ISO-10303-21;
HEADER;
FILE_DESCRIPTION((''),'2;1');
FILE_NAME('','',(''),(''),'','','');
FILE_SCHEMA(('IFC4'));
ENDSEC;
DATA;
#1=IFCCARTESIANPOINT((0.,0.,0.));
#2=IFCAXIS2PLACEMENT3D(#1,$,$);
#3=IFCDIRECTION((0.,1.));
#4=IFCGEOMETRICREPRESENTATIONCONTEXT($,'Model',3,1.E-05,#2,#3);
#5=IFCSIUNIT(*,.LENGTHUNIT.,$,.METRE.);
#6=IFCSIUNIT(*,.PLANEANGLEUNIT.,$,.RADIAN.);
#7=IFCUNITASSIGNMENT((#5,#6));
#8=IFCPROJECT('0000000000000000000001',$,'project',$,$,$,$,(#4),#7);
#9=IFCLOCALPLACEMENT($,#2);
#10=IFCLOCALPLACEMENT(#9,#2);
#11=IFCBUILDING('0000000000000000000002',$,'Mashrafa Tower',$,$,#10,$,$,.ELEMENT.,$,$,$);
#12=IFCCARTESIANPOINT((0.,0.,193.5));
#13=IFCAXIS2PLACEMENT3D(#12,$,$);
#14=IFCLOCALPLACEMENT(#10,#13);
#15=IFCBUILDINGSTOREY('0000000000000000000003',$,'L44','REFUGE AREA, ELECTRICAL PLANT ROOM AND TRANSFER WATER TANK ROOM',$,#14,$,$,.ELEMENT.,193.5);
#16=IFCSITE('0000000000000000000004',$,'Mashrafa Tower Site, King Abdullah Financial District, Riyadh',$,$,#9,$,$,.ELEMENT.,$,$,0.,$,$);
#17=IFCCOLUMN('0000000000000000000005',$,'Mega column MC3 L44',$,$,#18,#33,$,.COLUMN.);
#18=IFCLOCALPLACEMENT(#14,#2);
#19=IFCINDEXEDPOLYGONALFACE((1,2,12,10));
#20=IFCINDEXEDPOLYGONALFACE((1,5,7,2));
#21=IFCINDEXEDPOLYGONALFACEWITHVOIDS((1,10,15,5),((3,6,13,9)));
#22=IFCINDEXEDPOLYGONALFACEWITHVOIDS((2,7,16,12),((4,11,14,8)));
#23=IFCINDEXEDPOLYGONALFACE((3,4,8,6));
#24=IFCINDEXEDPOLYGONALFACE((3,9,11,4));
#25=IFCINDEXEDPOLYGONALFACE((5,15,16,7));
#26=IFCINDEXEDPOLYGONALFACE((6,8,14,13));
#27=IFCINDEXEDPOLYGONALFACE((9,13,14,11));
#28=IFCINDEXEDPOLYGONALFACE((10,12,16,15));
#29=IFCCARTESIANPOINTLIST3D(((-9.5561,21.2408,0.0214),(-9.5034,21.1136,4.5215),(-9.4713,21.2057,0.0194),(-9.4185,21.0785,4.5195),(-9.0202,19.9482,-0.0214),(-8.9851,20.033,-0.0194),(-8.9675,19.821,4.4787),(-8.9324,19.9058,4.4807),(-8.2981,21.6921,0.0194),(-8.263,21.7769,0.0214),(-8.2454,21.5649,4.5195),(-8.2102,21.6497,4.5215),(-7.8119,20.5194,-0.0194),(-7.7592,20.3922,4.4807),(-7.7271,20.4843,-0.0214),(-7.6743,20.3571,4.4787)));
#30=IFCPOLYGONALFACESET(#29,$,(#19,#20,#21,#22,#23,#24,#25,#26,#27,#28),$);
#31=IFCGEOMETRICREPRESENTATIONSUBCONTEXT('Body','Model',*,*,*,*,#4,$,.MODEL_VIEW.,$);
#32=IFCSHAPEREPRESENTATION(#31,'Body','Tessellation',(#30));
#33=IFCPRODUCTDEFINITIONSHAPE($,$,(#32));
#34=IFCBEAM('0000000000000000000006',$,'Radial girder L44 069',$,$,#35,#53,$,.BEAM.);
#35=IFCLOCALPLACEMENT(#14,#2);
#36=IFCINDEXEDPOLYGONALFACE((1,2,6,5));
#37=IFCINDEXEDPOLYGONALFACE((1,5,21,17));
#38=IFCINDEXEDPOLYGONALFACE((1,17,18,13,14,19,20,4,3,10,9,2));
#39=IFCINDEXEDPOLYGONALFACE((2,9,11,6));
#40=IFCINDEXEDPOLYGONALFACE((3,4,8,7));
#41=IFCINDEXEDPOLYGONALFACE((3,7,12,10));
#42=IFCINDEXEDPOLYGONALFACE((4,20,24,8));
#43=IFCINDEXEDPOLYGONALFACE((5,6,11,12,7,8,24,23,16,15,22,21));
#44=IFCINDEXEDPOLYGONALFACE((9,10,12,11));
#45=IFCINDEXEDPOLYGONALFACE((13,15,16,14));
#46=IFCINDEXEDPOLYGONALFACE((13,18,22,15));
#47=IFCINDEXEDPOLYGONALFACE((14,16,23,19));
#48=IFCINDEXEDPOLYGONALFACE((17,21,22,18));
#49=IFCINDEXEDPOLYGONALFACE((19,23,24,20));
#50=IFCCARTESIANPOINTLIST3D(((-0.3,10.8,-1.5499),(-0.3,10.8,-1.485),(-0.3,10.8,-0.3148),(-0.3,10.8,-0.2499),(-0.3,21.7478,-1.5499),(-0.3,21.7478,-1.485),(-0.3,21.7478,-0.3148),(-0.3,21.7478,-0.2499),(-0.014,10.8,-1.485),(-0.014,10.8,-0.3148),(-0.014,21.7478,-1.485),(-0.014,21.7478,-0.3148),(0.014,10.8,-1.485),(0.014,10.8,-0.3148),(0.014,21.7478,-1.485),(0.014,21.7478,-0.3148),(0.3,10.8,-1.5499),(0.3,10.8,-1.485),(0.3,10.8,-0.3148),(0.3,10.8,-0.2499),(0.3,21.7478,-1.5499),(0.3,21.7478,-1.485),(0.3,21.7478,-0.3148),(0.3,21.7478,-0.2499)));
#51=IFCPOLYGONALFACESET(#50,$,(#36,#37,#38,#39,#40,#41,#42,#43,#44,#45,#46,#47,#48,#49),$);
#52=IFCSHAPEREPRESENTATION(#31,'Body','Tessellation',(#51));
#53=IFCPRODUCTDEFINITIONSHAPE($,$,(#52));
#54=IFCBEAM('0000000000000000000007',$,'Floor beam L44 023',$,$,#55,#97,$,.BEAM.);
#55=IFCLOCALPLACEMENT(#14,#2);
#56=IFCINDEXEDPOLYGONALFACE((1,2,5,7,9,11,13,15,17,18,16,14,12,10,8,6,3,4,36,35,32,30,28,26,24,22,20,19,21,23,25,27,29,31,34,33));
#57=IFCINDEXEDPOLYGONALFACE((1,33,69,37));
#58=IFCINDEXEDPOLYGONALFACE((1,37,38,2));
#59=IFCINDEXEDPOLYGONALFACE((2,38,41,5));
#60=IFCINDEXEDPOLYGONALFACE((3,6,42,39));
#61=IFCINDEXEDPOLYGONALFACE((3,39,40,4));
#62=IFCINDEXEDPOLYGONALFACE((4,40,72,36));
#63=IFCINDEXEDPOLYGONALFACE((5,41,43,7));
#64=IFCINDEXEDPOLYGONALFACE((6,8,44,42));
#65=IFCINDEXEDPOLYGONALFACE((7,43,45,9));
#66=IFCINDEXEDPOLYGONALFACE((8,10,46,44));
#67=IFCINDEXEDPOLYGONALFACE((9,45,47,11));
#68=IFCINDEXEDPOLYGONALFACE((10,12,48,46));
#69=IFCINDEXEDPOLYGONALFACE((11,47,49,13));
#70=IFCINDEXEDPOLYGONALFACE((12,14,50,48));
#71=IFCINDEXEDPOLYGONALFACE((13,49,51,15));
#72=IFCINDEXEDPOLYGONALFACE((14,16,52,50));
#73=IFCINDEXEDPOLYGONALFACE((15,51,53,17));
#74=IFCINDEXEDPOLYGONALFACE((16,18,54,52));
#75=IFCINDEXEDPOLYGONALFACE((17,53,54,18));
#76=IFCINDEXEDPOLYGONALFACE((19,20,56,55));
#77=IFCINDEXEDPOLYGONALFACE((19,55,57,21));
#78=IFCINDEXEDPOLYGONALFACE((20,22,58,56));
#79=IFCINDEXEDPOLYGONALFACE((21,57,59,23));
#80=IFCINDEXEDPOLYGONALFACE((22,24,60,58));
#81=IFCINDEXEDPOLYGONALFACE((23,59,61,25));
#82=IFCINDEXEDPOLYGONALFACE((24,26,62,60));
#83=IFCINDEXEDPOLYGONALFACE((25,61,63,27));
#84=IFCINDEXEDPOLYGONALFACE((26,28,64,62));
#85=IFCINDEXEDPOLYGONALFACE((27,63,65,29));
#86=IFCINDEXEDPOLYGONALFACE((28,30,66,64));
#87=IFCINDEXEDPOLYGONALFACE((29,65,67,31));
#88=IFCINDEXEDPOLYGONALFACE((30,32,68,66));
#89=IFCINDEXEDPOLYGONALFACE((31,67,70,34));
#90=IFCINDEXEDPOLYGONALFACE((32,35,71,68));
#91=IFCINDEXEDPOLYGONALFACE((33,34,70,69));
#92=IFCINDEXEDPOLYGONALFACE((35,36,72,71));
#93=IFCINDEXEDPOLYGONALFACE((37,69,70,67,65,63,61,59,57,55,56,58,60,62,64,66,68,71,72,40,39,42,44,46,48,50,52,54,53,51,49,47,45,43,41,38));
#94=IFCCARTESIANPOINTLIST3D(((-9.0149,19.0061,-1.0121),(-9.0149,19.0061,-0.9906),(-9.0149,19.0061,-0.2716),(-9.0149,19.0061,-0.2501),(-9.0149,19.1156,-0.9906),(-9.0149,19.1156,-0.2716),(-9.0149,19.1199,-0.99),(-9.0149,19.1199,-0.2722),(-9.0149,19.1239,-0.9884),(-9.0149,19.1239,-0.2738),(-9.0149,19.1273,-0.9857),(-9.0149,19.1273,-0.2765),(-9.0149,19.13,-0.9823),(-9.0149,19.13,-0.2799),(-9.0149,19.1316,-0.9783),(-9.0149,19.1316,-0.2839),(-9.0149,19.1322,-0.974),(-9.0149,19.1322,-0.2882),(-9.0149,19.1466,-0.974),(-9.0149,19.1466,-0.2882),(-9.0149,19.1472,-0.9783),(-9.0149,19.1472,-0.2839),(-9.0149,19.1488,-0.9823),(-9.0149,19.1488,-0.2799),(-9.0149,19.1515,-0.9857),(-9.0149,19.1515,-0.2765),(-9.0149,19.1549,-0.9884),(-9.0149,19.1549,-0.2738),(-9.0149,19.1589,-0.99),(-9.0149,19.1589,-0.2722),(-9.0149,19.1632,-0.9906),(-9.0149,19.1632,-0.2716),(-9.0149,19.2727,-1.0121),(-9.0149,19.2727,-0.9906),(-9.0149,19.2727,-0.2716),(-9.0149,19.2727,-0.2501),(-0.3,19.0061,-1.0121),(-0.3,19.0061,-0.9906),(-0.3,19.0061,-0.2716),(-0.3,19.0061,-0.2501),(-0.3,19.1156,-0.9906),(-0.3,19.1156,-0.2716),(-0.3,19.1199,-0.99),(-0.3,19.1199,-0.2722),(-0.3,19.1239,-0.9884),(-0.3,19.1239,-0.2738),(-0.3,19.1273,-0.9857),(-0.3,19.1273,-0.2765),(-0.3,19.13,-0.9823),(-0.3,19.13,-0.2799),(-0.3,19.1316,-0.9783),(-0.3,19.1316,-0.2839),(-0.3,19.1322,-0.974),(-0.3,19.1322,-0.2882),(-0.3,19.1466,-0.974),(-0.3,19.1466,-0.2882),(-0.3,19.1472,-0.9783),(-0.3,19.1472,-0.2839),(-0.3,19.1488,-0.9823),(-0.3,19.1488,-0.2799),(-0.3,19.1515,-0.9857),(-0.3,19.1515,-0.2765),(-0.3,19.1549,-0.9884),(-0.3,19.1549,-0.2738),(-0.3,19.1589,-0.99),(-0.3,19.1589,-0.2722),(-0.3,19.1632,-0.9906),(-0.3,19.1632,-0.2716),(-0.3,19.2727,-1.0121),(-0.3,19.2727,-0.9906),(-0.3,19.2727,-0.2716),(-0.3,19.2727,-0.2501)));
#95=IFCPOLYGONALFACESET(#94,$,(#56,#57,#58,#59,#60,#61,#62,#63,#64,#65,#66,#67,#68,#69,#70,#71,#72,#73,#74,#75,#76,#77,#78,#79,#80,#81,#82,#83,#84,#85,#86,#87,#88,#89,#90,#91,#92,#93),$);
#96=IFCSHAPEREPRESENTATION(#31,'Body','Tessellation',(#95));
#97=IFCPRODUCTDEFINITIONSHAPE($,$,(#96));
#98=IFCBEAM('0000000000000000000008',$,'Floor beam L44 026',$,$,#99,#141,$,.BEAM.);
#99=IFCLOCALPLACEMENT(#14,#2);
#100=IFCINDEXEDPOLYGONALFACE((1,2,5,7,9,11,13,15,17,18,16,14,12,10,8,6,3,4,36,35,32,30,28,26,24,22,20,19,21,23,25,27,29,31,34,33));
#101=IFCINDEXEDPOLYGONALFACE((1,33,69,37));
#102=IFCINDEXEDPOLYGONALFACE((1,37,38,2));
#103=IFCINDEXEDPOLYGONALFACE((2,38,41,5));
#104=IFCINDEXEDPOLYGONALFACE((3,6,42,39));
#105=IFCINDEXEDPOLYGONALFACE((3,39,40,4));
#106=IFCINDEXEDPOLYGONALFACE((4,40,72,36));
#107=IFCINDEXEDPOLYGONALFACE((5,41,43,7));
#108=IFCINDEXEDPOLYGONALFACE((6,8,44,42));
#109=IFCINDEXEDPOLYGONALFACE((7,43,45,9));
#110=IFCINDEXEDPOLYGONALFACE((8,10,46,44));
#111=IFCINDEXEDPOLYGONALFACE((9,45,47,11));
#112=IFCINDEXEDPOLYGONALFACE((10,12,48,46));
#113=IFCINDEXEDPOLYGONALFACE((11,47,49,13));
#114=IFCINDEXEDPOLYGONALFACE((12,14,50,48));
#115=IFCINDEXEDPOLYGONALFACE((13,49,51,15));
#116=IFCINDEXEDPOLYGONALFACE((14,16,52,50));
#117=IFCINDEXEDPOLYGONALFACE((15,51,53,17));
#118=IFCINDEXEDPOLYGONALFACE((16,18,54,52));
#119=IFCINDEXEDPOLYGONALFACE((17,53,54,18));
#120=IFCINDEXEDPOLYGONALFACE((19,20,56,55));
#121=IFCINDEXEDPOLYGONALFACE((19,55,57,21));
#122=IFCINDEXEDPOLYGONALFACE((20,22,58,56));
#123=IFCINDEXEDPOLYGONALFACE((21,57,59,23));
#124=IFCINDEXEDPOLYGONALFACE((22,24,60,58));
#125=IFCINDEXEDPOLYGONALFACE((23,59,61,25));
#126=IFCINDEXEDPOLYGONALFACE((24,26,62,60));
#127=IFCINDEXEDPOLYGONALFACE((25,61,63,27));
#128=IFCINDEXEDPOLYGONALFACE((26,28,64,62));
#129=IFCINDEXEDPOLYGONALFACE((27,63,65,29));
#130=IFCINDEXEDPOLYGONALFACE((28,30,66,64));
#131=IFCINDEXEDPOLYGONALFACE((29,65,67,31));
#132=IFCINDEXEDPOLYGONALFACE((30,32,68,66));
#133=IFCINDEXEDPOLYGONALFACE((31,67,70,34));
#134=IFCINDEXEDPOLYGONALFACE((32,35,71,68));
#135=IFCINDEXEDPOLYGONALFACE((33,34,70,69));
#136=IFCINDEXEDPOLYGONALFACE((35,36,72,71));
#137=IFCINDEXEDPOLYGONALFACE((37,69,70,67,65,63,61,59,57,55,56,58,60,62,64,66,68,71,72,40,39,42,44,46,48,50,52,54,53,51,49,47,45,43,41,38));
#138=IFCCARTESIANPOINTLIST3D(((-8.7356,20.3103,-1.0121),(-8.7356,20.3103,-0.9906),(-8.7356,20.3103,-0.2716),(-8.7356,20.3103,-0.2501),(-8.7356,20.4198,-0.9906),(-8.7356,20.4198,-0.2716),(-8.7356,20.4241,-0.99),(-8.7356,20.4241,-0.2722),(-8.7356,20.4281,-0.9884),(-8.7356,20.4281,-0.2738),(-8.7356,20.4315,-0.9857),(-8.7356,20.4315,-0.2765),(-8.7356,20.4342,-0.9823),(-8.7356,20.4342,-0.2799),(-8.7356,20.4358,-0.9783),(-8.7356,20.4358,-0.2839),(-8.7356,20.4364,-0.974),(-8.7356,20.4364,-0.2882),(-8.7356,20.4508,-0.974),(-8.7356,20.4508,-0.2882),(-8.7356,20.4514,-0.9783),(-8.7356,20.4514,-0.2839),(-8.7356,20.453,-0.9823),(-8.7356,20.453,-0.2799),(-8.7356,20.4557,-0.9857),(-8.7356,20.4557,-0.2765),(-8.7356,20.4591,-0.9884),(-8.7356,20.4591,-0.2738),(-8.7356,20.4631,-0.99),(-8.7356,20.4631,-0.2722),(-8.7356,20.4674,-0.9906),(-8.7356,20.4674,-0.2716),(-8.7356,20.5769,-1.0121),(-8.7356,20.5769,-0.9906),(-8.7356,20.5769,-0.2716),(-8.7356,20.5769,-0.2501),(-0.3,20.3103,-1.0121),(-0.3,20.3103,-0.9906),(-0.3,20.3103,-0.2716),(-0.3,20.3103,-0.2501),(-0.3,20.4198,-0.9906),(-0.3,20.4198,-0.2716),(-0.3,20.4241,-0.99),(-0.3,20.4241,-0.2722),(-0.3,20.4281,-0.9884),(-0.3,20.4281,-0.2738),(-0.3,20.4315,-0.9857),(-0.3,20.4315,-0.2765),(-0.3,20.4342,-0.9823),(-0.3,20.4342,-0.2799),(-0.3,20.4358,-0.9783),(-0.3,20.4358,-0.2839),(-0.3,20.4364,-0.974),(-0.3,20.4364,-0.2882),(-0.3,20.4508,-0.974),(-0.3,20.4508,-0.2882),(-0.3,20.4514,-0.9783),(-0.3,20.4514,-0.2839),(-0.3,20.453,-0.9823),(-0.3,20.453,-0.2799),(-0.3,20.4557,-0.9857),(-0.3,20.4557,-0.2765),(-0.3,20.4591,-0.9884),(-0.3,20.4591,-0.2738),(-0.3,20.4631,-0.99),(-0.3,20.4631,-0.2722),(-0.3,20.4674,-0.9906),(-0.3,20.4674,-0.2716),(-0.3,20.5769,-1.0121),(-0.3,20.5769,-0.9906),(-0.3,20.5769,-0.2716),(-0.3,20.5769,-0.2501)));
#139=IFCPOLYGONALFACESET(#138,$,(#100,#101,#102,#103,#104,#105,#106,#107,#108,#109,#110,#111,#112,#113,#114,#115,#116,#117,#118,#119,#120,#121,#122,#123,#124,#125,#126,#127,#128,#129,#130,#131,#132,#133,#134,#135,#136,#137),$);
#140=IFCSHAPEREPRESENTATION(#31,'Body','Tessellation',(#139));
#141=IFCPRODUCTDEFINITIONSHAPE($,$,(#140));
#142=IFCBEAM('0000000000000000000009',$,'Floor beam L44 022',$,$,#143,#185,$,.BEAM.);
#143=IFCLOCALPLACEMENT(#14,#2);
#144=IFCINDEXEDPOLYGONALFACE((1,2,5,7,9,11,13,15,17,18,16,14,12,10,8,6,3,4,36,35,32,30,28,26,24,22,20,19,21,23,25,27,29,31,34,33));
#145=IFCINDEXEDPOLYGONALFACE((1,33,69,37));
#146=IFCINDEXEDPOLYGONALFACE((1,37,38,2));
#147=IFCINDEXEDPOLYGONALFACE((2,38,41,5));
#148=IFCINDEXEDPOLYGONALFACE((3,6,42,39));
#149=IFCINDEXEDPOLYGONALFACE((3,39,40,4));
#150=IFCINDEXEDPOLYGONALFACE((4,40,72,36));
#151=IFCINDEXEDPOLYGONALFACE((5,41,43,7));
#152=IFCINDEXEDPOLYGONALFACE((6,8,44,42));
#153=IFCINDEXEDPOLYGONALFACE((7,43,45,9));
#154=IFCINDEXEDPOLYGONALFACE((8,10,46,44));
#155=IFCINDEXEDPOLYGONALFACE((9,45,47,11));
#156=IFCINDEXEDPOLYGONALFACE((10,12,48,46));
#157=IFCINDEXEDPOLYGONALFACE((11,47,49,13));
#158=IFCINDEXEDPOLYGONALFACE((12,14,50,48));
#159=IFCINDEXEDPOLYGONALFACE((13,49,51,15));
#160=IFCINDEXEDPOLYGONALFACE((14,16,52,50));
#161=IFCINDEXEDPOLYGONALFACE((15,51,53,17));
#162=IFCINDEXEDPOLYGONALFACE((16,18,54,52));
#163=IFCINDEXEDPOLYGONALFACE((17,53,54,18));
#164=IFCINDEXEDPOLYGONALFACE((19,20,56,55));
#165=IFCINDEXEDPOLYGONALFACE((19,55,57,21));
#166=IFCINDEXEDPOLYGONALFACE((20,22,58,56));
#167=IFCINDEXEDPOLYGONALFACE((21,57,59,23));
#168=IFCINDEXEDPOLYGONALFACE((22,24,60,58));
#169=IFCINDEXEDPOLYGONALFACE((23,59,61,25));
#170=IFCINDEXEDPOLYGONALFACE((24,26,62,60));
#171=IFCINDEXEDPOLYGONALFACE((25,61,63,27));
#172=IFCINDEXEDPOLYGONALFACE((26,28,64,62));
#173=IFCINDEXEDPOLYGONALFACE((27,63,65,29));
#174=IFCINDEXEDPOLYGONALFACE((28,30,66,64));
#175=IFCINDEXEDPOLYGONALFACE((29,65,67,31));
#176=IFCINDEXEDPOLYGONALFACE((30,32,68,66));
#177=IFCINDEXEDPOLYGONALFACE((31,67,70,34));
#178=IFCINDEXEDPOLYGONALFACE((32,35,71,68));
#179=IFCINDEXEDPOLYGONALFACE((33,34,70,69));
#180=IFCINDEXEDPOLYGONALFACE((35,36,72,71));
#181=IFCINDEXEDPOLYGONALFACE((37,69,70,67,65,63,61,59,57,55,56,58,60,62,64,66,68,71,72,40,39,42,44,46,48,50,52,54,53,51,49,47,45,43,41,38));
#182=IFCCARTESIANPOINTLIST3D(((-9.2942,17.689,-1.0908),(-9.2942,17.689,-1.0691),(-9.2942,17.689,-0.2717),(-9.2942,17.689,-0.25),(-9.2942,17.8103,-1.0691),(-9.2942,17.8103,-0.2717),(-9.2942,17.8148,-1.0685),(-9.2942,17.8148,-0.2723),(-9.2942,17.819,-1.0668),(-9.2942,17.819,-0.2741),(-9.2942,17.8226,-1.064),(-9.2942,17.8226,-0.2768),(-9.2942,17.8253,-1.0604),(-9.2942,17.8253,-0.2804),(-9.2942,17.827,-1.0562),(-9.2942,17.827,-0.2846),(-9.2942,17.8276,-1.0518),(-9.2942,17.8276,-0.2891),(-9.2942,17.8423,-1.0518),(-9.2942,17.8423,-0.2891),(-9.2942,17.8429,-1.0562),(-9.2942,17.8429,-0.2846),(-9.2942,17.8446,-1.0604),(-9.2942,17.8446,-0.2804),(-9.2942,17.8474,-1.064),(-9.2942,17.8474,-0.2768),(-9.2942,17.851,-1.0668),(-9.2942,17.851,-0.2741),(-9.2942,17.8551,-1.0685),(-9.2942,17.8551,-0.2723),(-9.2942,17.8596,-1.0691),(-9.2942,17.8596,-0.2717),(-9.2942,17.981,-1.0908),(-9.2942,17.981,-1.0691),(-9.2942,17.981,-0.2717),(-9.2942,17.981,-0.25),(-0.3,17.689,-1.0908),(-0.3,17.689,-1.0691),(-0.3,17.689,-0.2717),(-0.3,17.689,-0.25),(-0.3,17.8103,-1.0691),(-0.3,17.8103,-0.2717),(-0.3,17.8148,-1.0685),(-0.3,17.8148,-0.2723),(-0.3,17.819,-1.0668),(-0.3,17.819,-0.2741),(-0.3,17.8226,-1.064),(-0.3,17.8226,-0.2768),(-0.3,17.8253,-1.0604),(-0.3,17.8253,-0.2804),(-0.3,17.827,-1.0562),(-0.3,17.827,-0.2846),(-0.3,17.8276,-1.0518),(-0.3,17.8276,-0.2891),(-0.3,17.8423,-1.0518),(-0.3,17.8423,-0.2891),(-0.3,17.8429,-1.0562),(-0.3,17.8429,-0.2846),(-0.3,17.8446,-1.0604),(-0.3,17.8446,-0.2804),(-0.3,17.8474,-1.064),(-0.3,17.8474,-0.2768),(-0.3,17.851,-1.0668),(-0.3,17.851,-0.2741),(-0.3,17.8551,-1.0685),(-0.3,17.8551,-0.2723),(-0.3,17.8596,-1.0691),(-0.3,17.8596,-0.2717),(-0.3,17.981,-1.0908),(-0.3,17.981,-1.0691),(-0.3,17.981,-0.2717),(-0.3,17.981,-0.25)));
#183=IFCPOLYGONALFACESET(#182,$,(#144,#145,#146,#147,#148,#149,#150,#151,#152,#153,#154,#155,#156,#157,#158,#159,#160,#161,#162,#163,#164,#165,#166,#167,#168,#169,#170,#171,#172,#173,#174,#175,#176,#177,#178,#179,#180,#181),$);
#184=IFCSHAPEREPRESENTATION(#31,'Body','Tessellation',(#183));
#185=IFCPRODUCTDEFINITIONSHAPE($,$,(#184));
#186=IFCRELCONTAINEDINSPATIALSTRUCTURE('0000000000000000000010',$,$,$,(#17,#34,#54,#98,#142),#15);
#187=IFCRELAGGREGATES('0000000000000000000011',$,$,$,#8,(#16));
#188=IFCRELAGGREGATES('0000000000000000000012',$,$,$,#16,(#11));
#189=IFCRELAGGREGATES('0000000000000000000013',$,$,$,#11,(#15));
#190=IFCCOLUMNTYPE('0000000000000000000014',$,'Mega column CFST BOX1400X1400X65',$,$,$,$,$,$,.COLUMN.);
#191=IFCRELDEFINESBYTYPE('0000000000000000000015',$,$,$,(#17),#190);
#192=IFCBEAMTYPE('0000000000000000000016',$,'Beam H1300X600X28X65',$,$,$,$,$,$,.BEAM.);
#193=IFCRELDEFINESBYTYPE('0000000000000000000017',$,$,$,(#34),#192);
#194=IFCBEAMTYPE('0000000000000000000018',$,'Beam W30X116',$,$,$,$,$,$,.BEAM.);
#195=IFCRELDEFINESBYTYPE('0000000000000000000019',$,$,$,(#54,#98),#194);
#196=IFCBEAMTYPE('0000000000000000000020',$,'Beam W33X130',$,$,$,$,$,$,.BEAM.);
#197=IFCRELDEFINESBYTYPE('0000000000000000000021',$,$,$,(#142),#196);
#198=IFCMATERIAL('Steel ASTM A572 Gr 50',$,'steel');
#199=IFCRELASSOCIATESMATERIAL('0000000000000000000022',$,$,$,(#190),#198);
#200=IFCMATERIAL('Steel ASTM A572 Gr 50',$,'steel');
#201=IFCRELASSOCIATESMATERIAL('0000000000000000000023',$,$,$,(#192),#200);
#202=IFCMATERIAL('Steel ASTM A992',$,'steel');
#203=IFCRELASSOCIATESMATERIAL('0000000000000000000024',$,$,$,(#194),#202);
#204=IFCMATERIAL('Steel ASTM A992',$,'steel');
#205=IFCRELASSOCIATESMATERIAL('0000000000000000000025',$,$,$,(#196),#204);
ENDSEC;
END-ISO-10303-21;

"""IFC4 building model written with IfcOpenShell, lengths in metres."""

from ifc_helpers import new_model, si_unit, direction, frame, origin, origin_2d, place, context, subcontext, project, spatial, hollow_rectangle, i_section, extrude, material, material_profile, profile_set, type_object, element, save


model = new_model("IFC4")

# Units and contexts
model_context = context("Model", 3, precision=1e-05, world=origin(), true_north=direction((0.0, 1.0)))
body_context = subcontext(model_context, "Body", "Model", "MODEL_VIEW")
ifc_project = project(units=[si_unit("LENGTHUNIT", "METRE"), si_unit("PLANEANGLEUNIT", "RADIAN")], contexts=[model_context])

# Site, building, storey
site_placement = place(None, origin())
site = spatial("IfcSite", under=ifc_project, at=site_placement, Name="Mashrafa Tower Site, King Abdullah Financial District, Riyadh", CompositionType="ELEMENT", RefElevation=0.0)
building_placement = place(site_placement, origin())
building = spatial("IfcBuilding", under=site, at=building_placement, Name="Mashrafa Tower", CompositionType="ELEMENT")
storey_placement = place(building_placement, frame((0.0, 0.0, 193.5)))
storey = spatial("IfcBuildingStorey", under=building, at=storey_placement, Name="L44", Description="REFUGE AREA, ELECTRICAL PLANT ROOM AND TRANSFER WATER TANK ROOM", CompositionType="ELEMENT", Elevation=193.5)

# Column
ifc_material_1 = material(Name="Steel ASTM A572 Gr 50", Category="steel")
ifc_material_profile_1 = material_profile(ifc_material_1, hollow_rectangle(XDim=1.3999, YDim=1.3999, WallThickness=0.0649, at=origin_2d()), Name="BOX1400X1400X65")
ifc_profile_set_1 = profile_set([ifc_material_profile_1], Name="Steel ASTM A572 Gr 50")
column_type = type_object("IfcColumnType", Name="Mega column CFST BOX1400X1400X65", PredefinedType="COLUMN", material=ifc_profile_set_1)
column_placement = place(storey_placement, frame((-8.6416, 20.8625, 0.0), z_axis=(0.011713, -0.028253, 0.999532), x_axis=(0.923757, 0.382978, 0.0)))
element("IfcColumn", 1, at=column_placement, inside=storey, type_object=column_type, Name="Mega column MC3 L44", PredefinedType="COLUMN", context=body_context, shape_type="SweptSolid", body=[
    extrude(hollow_rectangle(XDim=1.3999, YDim=1.3999, WallThickness=0.0649, at=origin_2d()), origin(), (0.0, 0.0, 1.0), 4.5022),
])

# Beams
ifc_material_2 = material(Name="Steel ASTM A572 Gr 50", Category="steel")
ifc_material_profile_2 = material_profile(ifc_material_2, i_section(OverallWidth=0.6001, OverallDepth=1.3, WebThickness=0.0281, FlangeThickness=0.0649, at=origin_2d()), Name="H1300X600X28X65")
ifc_profile_set_2 = profile_set([ifc_material_profile_2], Name="Steel ASTM A572 Gr 50")
beam_type_1 = type_object("IfcBeamType", Name="Beam H1300X600X28X65", PredefinedType="BEAM", material=ifc_profile_set_2)
beam_1_placement = place(storey_placement, frame((0.0, 10.8, -0.8999), z_axis=(0.0, 1.0, 0.0), x_axis=(-1.0, 0.0, 0.0)))
element("IfcBeam", 2, at=beam_1_placement, inside=storey, type_object=beam_type_1, Name="Radial girder L44 069", PredefinedType="BEAM", context=body_context, shape_type="SweptSolid", body=[
    extrude(i_section(OverallWidth=0.6001, OverallDepth=1.3, WebThickness=0.0281, FlangeThickness=0.0649, at=origin_2d()), origin(), (0.0, 0.0, 1.0), 10.9478),
])
ifc_material_3 = material(Name="Steel ASTM A992", Category="steel")
ifc_material_profile_3 = material_profile(ifc_material_3, i_section(OverallWidth=0.2666, OverallDepth=0.762, WebThickness=0.0144, FlangeThickness=0.0215, FilletRadius=0.0166, at=origin_2d()), Name="W30X116")
ifc_profile_set_3 = profile_set([ifc_material_profile_3], Name="Steel ASTM A992")
beam_type_2 = type_object("IfcBeamType", Name="Beam W30X116", PredefinedType="BEAM", material=ifc_profile_set_3)
beam_2_placement = place(storey_placement, frame((-9.0149, 19.1394, -0.6311), z_axis=(1.0, 0.0, 0.0), x_axis=(0.0, 1.0, 0.0)))
element("IfcBeam", 3, at=beam_2_placement, inside=storey, type_object=beam_type_2, Name="Floor beam L44 023", PredefinedType="BEAM", context=body_context, shape_type="SweptSolid", body=[
    extrude(i_section(OverallWidth=0.2666, OverallDepth=0.762, WebThickness=0.0144, FlangeThickness=0.0215, FilletRadius=0.0166, at=origin_2d()), origin(), (0.0, 0.0, 1.0), 8.7148),
])
beam_3_placement = place(storey_placement, frame((-8.7356, 20.4436, -0.6311), z_axis=(1.0, 0.0, 0.0), x_axis=(0.0, 1.0, 0.0)))
element("IfcBeam", 4, at=beam_3_placement, inside=storey, type_object=beam_type_2, Name="Floor beam L44 026", PredefinedType="BEAM", context=body_context, shape_type="SweptSolid", body=[
    extrude(i_section(OverallWidth=0.2666, OverallDepth=0.762, WebThickness=0.0144, FlangeThickness=0.0215, FilletRadius=0.0166, at=origin_2d()), origin(), (0.0, 0.0, 1.0), 8.4355),
])
ifc_material_4 = material(Name="Steel ASTM A992", Category="steel")
ifc_material_profile_4 = material_profile(ifc_material_4, i_section(OverallWidth=0.292, OverallDepth=0.8408, WebThickness=0.0146, FlangeThickness=0.0217, FilletRadius=0.0173, at=origin_2d()), Name="W33X130")
ifc_profile_set_4 = profile_set([ifc_material_profile_4], Name="Steel ASTM A992")
beam_type_3 = type_object("IfcBeamType", Name="Beam W33X130", PredefinedType="BEAM", material=ifc_profile_set_4)
beam_4_placement = place(storey_placement, frame((-9.2942, 17.835, -0.6704), z_axis=(1.0, 0.0, 0.0), x_axis=(0.0, 1.0, 0.0)))
element("IfcBeam", 5, at=beam_4_placement, inside=storey, type_object=beam_type_3, Name="Floor beam L44 022", PredefinedType="BEAM", context=body_context, shape_type="SweptSolid", body=[
    extrude(i_section(OverallWidth=0.292, OverallDepth=0.8408, WebThickness=0.0146, FlangeThickness=0.0217, FilletRadius=0.0173, at=origin_2d()), origin(), (0.0, 0.0, 1.0), 8.9941),
])

save(model, "model.ifc")
